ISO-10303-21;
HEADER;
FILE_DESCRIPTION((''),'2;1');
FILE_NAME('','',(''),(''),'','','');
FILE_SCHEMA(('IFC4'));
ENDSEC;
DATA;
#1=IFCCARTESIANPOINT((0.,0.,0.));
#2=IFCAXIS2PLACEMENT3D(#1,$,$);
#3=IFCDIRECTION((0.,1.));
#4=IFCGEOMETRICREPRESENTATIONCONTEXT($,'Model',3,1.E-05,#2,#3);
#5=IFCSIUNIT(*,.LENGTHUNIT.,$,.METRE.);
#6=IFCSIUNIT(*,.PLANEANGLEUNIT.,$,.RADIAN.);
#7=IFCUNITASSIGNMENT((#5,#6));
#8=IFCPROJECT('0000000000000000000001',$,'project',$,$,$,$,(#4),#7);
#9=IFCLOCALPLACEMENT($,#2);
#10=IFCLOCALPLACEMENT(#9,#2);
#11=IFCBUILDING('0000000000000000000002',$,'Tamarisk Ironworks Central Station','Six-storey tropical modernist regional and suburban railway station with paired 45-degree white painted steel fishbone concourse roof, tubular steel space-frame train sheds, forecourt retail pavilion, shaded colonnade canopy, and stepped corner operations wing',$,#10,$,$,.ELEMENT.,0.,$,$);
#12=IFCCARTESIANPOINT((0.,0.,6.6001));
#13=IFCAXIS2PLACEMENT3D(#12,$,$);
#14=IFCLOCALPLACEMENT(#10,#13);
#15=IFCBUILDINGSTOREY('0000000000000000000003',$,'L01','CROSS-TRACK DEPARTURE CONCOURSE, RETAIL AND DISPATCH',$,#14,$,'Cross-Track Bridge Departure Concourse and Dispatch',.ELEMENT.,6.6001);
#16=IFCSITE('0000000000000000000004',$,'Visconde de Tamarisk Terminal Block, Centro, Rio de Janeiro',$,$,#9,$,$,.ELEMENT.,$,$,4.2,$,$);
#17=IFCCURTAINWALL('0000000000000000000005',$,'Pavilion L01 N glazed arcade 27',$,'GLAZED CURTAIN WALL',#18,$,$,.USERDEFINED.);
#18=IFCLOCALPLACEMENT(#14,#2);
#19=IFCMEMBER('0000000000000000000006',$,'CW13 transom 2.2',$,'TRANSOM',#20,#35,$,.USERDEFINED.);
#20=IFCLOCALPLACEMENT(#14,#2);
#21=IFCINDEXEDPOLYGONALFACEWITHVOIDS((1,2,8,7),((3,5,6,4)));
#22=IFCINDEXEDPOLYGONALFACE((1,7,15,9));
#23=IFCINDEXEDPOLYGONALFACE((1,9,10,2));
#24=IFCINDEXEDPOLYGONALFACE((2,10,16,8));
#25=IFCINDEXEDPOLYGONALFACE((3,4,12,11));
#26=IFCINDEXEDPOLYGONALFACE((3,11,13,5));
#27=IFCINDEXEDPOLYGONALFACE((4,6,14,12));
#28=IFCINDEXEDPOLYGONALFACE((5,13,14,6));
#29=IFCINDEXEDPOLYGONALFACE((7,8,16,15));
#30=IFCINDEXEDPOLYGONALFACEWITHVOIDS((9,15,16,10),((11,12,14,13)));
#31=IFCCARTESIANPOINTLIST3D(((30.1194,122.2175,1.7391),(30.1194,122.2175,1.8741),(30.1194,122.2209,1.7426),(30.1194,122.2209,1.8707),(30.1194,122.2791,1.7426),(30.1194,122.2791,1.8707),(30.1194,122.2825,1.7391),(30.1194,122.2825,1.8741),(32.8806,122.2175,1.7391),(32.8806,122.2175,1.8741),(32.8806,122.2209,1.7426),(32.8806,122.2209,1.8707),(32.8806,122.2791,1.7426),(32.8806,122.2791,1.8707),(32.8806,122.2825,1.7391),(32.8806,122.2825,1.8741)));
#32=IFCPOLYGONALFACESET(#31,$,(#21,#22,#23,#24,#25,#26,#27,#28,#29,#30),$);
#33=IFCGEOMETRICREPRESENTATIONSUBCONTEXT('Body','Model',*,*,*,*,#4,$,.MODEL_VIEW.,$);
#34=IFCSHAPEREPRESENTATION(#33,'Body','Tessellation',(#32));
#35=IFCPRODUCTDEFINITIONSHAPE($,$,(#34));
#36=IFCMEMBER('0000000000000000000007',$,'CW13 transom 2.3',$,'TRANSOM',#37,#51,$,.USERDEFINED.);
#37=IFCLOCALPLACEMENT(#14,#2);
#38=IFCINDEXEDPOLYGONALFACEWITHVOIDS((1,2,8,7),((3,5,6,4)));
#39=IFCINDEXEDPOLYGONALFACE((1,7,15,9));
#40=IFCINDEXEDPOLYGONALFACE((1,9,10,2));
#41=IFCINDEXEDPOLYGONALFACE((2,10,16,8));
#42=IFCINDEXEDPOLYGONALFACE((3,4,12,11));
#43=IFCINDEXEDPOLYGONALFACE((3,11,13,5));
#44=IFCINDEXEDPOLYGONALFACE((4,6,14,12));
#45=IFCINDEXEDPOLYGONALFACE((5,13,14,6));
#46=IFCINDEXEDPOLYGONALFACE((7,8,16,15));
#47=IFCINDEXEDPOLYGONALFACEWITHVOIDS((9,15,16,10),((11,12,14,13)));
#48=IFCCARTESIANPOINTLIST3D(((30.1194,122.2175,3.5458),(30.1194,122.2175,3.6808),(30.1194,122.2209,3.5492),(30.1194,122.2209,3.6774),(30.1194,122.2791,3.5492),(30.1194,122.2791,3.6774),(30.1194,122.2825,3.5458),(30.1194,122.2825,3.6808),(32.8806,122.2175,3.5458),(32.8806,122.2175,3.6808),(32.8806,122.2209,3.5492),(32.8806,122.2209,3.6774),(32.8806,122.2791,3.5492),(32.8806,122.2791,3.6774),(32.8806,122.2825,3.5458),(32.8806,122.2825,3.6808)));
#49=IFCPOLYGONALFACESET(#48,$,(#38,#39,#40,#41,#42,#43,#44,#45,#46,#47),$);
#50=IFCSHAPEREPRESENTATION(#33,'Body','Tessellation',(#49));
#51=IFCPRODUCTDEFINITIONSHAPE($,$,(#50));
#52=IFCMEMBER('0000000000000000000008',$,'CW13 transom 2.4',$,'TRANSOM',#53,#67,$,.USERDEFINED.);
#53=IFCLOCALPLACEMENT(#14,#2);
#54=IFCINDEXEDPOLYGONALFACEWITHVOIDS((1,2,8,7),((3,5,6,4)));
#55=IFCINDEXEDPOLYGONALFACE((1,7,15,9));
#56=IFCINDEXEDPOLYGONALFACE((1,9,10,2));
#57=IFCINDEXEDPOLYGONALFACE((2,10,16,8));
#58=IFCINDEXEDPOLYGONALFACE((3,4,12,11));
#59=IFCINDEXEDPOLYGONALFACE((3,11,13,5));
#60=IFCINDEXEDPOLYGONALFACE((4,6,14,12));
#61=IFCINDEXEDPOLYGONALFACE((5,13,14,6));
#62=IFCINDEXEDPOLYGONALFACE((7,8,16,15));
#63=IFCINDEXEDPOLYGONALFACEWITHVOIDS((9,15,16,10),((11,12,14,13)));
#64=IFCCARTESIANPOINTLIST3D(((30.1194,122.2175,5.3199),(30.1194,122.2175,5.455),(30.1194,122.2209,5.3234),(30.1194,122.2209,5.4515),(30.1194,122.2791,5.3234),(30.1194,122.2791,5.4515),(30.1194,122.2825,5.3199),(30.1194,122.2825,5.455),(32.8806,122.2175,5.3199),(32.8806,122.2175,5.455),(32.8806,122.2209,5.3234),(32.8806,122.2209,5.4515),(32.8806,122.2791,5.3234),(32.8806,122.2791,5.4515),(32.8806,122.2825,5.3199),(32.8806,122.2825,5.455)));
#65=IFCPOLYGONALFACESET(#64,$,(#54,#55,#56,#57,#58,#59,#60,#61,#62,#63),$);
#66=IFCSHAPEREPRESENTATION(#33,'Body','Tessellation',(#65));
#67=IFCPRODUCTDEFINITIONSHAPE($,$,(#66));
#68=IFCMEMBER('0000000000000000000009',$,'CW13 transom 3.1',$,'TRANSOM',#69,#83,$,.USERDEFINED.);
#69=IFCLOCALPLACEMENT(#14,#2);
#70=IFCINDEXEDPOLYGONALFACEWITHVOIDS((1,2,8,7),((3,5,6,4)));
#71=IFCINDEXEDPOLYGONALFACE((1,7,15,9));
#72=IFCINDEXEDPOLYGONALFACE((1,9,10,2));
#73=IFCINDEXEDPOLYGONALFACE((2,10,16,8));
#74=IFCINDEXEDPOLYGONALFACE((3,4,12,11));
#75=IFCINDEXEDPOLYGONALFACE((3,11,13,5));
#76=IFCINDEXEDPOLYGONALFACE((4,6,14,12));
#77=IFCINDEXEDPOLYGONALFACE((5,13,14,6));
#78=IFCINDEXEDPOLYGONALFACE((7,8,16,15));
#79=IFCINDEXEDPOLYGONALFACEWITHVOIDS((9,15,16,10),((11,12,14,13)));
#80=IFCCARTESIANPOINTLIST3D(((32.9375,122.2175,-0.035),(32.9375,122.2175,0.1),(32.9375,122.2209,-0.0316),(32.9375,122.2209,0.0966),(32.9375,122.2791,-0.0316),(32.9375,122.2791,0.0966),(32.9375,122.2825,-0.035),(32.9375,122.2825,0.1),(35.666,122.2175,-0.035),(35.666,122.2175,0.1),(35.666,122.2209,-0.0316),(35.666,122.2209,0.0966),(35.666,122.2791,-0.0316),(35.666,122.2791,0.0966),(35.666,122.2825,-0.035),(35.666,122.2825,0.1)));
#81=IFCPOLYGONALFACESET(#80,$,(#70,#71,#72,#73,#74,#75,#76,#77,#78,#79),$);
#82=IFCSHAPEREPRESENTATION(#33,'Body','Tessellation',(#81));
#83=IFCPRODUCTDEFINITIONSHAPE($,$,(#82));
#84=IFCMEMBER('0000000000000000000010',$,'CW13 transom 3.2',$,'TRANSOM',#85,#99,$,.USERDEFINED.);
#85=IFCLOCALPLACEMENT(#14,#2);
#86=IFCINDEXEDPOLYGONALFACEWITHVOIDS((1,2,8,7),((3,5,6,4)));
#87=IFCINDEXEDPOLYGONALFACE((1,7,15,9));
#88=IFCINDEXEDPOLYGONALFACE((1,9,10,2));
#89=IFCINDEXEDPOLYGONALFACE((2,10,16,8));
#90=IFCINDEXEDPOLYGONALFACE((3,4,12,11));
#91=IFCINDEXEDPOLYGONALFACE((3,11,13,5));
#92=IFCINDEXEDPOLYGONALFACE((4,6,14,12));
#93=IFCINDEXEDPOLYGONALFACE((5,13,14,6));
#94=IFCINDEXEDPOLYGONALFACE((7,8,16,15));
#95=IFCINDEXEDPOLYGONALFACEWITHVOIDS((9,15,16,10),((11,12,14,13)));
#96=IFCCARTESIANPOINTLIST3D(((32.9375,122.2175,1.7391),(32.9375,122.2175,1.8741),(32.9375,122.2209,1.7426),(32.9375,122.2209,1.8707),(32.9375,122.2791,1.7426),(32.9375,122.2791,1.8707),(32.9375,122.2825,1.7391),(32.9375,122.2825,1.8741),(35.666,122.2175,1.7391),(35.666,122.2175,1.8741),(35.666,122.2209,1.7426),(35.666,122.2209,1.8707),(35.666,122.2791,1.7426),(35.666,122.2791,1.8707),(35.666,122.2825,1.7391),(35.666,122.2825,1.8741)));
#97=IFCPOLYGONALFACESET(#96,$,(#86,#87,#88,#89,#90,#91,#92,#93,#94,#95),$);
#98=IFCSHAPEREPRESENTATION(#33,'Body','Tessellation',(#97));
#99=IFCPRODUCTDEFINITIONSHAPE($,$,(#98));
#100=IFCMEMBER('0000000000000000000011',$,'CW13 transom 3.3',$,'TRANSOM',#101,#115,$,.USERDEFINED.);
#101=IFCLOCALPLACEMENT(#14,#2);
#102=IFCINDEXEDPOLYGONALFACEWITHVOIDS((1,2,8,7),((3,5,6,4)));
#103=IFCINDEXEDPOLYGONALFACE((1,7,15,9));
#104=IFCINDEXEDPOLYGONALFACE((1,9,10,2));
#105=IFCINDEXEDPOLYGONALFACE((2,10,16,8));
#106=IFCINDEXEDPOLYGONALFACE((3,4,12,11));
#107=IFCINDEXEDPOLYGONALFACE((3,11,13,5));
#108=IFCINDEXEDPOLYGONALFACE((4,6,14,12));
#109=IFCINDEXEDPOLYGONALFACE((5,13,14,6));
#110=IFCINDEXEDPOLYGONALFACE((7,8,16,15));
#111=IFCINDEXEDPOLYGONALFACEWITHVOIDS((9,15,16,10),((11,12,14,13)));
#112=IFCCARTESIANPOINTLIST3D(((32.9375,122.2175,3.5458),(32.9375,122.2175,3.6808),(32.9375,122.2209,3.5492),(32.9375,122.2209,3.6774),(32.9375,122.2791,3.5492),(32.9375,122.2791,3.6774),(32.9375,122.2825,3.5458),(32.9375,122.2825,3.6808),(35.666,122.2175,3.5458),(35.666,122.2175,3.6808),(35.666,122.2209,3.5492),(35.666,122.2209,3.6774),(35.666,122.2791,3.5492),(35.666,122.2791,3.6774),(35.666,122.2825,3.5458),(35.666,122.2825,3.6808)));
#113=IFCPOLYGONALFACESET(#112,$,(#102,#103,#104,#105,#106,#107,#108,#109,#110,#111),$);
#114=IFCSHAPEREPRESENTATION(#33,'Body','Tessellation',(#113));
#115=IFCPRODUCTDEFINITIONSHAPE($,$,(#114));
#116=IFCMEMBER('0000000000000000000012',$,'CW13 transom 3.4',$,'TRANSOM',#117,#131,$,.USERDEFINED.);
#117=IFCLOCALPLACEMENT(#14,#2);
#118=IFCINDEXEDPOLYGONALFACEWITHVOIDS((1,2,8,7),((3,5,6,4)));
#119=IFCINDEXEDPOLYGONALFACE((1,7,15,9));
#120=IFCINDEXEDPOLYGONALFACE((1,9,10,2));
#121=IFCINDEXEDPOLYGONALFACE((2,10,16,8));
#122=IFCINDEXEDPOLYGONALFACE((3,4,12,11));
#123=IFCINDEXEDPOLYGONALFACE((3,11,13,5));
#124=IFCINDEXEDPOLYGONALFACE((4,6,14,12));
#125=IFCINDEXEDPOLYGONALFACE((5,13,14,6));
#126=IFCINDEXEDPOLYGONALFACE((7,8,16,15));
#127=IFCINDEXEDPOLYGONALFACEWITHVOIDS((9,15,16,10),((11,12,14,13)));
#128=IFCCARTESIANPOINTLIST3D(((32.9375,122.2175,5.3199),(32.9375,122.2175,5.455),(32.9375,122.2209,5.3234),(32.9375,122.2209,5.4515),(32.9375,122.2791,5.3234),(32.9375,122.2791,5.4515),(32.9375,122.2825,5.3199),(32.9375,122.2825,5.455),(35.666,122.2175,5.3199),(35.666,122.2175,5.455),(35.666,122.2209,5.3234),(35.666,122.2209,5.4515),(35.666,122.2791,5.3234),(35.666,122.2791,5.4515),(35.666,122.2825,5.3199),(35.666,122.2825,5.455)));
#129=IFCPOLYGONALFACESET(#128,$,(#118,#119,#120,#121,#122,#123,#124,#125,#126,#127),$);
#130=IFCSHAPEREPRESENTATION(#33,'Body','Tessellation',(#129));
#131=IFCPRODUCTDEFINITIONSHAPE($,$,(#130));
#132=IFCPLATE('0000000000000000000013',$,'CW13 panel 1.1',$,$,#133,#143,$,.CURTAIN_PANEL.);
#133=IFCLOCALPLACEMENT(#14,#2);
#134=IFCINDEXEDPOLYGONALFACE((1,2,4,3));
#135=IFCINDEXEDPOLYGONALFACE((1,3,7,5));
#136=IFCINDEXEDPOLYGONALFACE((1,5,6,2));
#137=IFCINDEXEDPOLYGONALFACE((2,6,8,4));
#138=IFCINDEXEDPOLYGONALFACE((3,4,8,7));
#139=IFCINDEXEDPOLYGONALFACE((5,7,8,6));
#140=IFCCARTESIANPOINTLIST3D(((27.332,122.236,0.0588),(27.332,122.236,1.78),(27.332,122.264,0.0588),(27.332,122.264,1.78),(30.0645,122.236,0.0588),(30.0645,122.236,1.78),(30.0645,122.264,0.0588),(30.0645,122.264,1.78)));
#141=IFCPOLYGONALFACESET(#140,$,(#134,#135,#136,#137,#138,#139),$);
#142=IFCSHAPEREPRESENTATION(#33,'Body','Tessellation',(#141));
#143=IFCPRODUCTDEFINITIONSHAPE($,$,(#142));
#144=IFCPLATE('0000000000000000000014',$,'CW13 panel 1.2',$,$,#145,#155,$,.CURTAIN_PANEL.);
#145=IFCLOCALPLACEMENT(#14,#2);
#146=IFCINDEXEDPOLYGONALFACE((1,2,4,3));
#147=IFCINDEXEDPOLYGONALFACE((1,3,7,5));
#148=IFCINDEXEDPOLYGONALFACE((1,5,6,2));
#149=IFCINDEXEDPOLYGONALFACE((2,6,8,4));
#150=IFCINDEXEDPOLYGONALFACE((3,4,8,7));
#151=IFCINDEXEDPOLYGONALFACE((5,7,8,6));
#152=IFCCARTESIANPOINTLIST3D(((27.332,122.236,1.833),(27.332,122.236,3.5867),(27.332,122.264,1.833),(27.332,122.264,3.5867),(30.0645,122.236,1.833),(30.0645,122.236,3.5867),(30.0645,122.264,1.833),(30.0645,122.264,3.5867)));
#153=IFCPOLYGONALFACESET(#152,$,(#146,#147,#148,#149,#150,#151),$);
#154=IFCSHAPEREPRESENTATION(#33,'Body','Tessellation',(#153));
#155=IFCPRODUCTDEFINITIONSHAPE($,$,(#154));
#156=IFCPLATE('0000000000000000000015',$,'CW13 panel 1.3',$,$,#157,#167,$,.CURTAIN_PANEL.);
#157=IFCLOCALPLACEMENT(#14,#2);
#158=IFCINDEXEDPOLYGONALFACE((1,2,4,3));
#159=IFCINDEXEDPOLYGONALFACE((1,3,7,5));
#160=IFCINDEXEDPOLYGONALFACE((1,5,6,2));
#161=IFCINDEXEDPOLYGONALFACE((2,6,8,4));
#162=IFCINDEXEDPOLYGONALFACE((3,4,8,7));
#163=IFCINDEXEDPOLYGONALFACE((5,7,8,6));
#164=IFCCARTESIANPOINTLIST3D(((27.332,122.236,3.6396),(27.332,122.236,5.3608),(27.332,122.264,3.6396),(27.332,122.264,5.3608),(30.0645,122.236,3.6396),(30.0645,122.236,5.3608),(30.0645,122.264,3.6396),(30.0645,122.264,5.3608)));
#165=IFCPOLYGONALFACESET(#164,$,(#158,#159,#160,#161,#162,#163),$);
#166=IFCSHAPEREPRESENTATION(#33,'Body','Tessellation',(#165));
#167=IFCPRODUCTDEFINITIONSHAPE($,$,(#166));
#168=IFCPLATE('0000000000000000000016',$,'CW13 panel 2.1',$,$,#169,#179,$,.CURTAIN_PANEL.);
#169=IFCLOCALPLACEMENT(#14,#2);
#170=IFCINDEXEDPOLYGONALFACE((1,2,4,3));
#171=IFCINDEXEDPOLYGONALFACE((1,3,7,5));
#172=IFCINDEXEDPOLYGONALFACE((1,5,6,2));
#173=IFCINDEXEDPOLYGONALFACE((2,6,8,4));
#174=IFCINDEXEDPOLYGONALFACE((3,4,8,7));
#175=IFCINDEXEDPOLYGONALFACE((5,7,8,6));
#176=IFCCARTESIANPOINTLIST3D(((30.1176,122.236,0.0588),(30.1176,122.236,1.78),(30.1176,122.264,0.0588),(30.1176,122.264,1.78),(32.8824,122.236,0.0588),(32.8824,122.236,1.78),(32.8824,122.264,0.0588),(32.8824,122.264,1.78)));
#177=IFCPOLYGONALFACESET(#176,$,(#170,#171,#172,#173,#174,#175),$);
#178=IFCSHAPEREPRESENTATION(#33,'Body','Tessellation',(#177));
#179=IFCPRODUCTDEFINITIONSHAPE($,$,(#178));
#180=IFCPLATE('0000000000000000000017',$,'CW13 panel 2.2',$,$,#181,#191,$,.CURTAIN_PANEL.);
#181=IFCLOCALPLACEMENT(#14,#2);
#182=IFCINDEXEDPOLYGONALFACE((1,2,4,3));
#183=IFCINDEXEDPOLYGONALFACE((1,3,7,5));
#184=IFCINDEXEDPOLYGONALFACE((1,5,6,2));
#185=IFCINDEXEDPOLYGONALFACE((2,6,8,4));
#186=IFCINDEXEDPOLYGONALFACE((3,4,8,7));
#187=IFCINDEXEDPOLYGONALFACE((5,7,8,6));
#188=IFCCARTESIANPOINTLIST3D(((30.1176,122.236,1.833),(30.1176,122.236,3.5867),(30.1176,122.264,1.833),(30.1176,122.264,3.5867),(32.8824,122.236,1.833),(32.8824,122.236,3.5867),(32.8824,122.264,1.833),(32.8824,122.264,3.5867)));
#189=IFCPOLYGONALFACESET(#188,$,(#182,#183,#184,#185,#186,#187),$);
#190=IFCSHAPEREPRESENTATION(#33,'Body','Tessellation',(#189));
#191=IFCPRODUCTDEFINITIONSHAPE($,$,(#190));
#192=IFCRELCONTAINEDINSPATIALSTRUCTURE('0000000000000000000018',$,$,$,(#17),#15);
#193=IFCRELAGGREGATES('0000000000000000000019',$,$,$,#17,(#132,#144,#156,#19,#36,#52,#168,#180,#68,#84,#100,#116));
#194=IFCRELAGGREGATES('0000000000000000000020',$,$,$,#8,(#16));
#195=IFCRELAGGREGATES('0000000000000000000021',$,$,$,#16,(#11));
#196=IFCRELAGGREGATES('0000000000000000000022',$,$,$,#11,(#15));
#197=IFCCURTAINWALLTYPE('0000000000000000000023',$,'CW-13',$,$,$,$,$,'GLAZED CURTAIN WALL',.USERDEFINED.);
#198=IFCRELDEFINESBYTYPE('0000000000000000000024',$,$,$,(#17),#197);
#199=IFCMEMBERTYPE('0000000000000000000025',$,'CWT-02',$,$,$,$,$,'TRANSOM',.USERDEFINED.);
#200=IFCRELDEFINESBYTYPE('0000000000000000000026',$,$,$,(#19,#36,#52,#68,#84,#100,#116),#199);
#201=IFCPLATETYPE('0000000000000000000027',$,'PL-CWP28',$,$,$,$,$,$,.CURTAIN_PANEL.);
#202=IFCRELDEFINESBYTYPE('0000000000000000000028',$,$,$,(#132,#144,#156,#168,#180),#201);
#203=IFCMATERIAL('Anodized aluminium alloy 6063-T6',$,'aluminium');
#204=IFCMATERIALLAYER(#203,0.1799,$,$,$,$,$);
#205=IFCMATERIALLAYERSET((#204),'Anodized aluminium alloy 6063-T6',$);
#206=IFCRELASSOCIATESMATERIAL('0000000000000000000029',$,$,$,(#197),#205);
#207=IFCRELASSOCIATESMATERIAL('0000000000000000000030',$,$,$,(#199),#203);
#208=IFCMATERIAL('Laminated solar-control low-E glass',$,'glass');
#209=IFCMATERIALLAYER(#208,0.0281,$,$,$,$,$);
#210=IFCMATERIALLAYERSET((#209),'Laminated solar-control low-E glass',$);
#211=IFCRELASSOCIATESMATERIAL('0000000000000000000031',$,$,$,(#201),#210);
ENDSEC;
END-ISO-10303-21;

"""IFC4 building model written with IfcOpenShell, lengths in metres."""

from ifc_helpers import new_model, si_unit, direction, frame, origin, origin_2d, place, context, subcontext, project, spatial, rectangle, hollow_rectangle, extrude, material, layer, layer_set, material_profile, profile_set, type_object, element, aggregate, save


model = new_model("IFC4")

# Units and contexts
model_context = context("Model", 3, precision=1e-05, world=origin(), true_north=direction((0.0, 1.0)))
body_context = subcontext(model_context, "Body", "Model", "MODEL_VIEW")
ifc_project = project(units=[si_unit("LENGTHUNIT", "METRE"), si_unit("PLANEANGLEUNIT", "RADIAN")], contexts=[model_context])

# Site, building, storey
site_placement = place(None, origin())
site = spatial("IfcSite", under=ifc_project, at=site_placement, Name="Visconde de Tamarisk Terminal Block, Centro, Rio de Janeiro", CompositionType="ELEMENT", RefElevation=4.2)
building_placement = place(site_placement, origin())
building = spatial("IfcBuilding", under=site, at=building_placement, Name="Tamarisk Ironworks Central Station", Description="Six-storey tropical modernist regional and suburban railway station with paired 45-degree white painted steel fishbone concourse roof, tubular steel space-frame train sheds, forecourt retail pavilion, shaded colonnade canopy, and stepped corner operations wing", CompositionType="ELEMENT", ElevationOfRefHeight=0.0)
storey_placement = place(building_placement, frame((0.0, 0.0, 6.6001)))
storey = spatial("IfcBuildingStorey", under=building, at=storey_placement, Name="L01", Description="CROSS-TRACK DEPARTURE CONCOURSE, RETAIL AND DISPATCH", LongName="Cross-Track Bridge Departure Concourse and Dispatch", CompositionType="ELEMENT", Elevation=6.6001)

# Shared definitions
ifc_material_1 = material(Name="Anodized aluminium alloy 6063-T6", Category="aluminium")
ifc_layer_1 = layer(ifc_material_1, 0.1799)
ifc_layer_set_1 = layer_set([ifc_layer_1], Name="Anodized aluminium alloy 6063-T6")
curtain_wall_type = type_object("IfcCurtainWallType", Name="CW-13", ElementType="GLAZED CURTAIN WALL", PredefinedType="USERDEFINED", material=ifc_layer_set_1)

# Curtain wall, members, plates
curtain_wall_1_placement = place(storey_placement, origin())
curtain_wall_1 = element("IfcCurtainWall", 1, at=curtain_wall_1_placement, inside=storey, type_object=curtain_wall_type, Name="Pavilion L01 N glazed arcade 27", ObjectType="GLAZED CURTAIN WALL", PredefinedType="USERDEFINED")
ifc_material_profile_1 = material_profile(ifc_material_1, hollow_rectangle(XDim=0.0649, YDim=0.135, WallThickness=0.0034, at=origin_2d()), Name="ALUM 135x65")
ifc_profile_set_1 = profile_set([ifc_material_profile_1], Name="Anodized aluminium alloy 6063-T6")
member_type_1 = type_object("IfcMemberType", Name="CWT-02", ElementType="TRANSOM", PredefinedType="USERDEFINED", material=ifc_profile_set_1)
member_1_placement = place(storey_placement, frame((30.1194, 122.25, 1.8066), z_axis=(1.0, 0.0, 0.0), x_axis=(0.0, 1.0, 0.0)))
member_1 = element("IfcMember", 2, at=member_1_placement, type_object=member_type_1, Name="CW13 transom 2.2", ObjectType="TRANSOM", PredefinedType="USERDEFINED", context=body_context, shape_type="SweptSolid", body=[
    extrude(hollow_rectangle(XDim=0.0649, YDim=0.135, WallThickness=0.0034, at=origin_2d()), origin(), (0.0, 0.0, 1.0), 2.7612),
])
member_2_placement = place(storey_placement, frame((30.1194, 122.25, 3.6133), z_axis=(1.0, 0.0, 0.0), x_axis=(0.0, 1.0, 0.0)))
member_2 = element("IfcMember", 3, at=member_2_placement, type_object=member_type_1, Name="CW13 transom 2.3", ObjectType="TRANSOM", PredefinedType="USERDEFINED", context=body_context, shape_type="SweptSolid", body=[
    extrude(hollow_rectangle(XDim=0.0649, YDim=0.135, WallThickness=0.0034, at=origin_2d()), origin(), (0.0, 0.0, 1.0), 2.7612),
])
member_3_placement = place(storey_placement, frame((30.1194, 122.25, 5.3875), z_axis=(1.0, 0.0, 0.0), x_axis=(0.0, 1.0, 0.0)))
member_3 = element("IfcMember", 4, at=member_3_placement, type_object=member_type_1, Name="CW13 transom 2.4", ObjectType="TRANSOM", PredefinedType="USERDEFINED", context=body_context, shape_type="SweptSolid", body=[
    extrude(hollow_rectangle(XDim=0.0649, YDim=0.135, WallThickness=0.0034, at=origin_2d()), origin(), (0.0, 0.0, 1.0), 2.7612),
])
member_4_placement = place(storey_placement, frame((32.9375, 122.25, 0.0325), z_axis=(1.0, 0.0, 0.0), x_axis=(0.0, 1.0, 0.0)))
member_4 = element("IfcMember", 5, at=member_4_placement, type_object=member_type_1, Name="CW13 transom 3.1", ObjectType="TRANSOM", PredefinedType="USERDEFINED", context=body_context, shape_type="SweptSolid", body=[
    extrude(hollow_rectangle(XDim=0.0649, YDim=0.135, WallThickness=0.0034, at=origin_2d()), origin(), (0.0, 0.0, 1.0), 2.7285),
])
member_5_placement = place(storey_placement, frame((32.9375, 122.25, 1.8066), z_axis=(1.0, 0.0, 0.0), x_axis=(0.0, 1.0, 0.0)))
member_5 = element("IfcMember", 6, at=member_5_placement, type_object=member_type_1, Name="CW13 transom 3.2", ObjectType="TRANSOM", PredefinedType="USERDEFINED", context=body_context, shape_type="SweptSolid", body=[
    extrude(hollow_rectangle(XDim=0.0649, YDim=0.135, WallThickness=0.0034, at=origin_2d()), origin(), (0.0, 0.0, 1.0), 2.7285),
])
member_6_placement = place(storey_placement, frame((32.9375, 122.25, 3.6133), z_axis=(1.0, 0.0, 0.0), x_axis=(0.0, 1.0, 0.0)))
member_6 = element("IfcMember", 7, at=member_6_placement, type_object=member_type_1, Name="CW13 transom 3.3", ObjectType="TRANSOM", PredefinedType="USERDEFINED", context=body_context, shape_type="SweptSolid", body=[
    extrude(hollow_rectangle(XDim=0.0649, YDim=0.135, WallThickness=0.0034, at=origin_2d()), origin(), (0.0, 0.0, 1.0), 2.7285),
])
member_7_placement = place(storey_placement, frame((32.9375, 122.25, 5.3875), z_axis=(1.0, 0.0, 0.0), x_axis=(0.0, 1.0, 0.0)))
member_7 = element("IfcMember", 8, at=member_7_placement, type_object=member_type_1, Name="CW13 transom 3.4", ObjectType="TRANSOM", PredefinedType="USERDEFINED", context=body_context, shape_type="SweptSolid", body=[
    extrude(hollow_rectangle(XDim=0.0649, YDim=0.135, WallThickness=0.0034, at=origin_2d()), origin(), (0.0, 0.0, 1.0), 2.7285),
])
ifc_material_2 = material(Name="Laminated solar-control low-E glass", Category="glass")
ifc_layer_2 = layer(ifc_material_2, 0.0281)
ifc_layer_set_2 = layer_set([ifc_layer_2], Name="Laminated solar-control low-E glass")
plate_type = type_object("IfcPlateType", Name="PL-CWP28", PredefinedType="CURTAIN_PANEL", material=ifc_layer_set_2)
plate_1_placement = place(storey_placement, frame((28.6982, 122.25, 0.0588), z_axis=(0.0, 0.0, 1.0), x_axis=(1.0, 0.0, 0.0)))
plate_1 = element("IfcPlate", 9, at=plate_1_placement, type_object=plate_type, Name="CW13 panel 1.1", PredefinedType="CURTAIN_PANEL", context=body_context, shape_type="SweptSolid", body=[
    extrude(rectangle(XDim=2.7324, YDim=0.0281, at=origin_2d()), origin(), (0.0, 0.0, 1.0), 1.7212),
])
plate_2_placement = place(storey_placement, frame((28.6982, 122.25, 1.833), z_axis=(0.0, 0.0, 1.0), x_axis=(1.0, 0.0, 0.0)))
plate_2 = element("IfcPlate", 10, at=plate_2_placement, type_object=plate_type, Name="CW13 panel 1.2", PredefinedType="CURTAIN_PANEL", context=body_context, shape_type="SweptSolid", body=[
    extrude(rectangle(XDim=2.7324, YDim=0.0281, at=origin_2d()), origin(), (0.0, 0.0, 1.0), 1.7537),
])
plate_3_placement = place(storey_placement, frame((28.6982, 122.25, 3.6396), z_axis=(0.0, 0.0, 1.0), x_axis=(1.0, 0.0, 0.0)))
plate_3 = element("IfcPlate", 11, at=plate_3_placement, type_object=plate_type, Name="CW13 panel 1.3", PredefinedType="CURTAIN_PANEL", context=body_context, shape_type="SweptSolid", body=[
    extrude(rectangle(XDim=2.7324, YDim=0.0281, at=origin_2d()), origin(), (0.0, 0.0, 1.0), 1.7212),
])
plate_4_placement = place(storey_placement, frame((31.5, 122.25, 0.0588), z_axis=(0.0, 0.0, 1.0), x_axis=(1.0, 0.0, 0.0)))
plate_4 = element("IfcPlate", 12, at=plate_4_placement, type_object=plate_type, Name="CW13 panel 2.1", PredefinedType="CURTAIN_PANEL", context=body_context, shape_type="SweptSolid", body=[
    extrude(rectangle(XDim=2.7649, YDim=0.0281, at=origin_2d()), origin(), (0.0, 0.0, 1.0), 1.7212),
])
plate_5_placement = place(storey_placement, frame((31.5, 122.25, 1.833), z_axis=(0.0, 0.0, 1.0), x_axis=(1.0, 0.0, 0.0)))
plate_5 = element("IfcPlate", 13, at=plate_5_placement, type_object=plate_type, Name="CW13 panel 2.2", PredefinedType="CURTAIN_PANEL", context=body_context, shape_type="SweptSolid", body=[
    extrude(rectangle(XDim=2.7649, YDim=0.0281, at=origin_2d()), origin(), (0.0, 0.0, 1.0), 1.7537),
])
aggregate(curtain_wall_1, [plate_1, plate_2, plate_3, member_1, member_2, member_3, plate_4, plate_5, member_4, member_5, member_6, member_7])

save(model, "model.ifc")
